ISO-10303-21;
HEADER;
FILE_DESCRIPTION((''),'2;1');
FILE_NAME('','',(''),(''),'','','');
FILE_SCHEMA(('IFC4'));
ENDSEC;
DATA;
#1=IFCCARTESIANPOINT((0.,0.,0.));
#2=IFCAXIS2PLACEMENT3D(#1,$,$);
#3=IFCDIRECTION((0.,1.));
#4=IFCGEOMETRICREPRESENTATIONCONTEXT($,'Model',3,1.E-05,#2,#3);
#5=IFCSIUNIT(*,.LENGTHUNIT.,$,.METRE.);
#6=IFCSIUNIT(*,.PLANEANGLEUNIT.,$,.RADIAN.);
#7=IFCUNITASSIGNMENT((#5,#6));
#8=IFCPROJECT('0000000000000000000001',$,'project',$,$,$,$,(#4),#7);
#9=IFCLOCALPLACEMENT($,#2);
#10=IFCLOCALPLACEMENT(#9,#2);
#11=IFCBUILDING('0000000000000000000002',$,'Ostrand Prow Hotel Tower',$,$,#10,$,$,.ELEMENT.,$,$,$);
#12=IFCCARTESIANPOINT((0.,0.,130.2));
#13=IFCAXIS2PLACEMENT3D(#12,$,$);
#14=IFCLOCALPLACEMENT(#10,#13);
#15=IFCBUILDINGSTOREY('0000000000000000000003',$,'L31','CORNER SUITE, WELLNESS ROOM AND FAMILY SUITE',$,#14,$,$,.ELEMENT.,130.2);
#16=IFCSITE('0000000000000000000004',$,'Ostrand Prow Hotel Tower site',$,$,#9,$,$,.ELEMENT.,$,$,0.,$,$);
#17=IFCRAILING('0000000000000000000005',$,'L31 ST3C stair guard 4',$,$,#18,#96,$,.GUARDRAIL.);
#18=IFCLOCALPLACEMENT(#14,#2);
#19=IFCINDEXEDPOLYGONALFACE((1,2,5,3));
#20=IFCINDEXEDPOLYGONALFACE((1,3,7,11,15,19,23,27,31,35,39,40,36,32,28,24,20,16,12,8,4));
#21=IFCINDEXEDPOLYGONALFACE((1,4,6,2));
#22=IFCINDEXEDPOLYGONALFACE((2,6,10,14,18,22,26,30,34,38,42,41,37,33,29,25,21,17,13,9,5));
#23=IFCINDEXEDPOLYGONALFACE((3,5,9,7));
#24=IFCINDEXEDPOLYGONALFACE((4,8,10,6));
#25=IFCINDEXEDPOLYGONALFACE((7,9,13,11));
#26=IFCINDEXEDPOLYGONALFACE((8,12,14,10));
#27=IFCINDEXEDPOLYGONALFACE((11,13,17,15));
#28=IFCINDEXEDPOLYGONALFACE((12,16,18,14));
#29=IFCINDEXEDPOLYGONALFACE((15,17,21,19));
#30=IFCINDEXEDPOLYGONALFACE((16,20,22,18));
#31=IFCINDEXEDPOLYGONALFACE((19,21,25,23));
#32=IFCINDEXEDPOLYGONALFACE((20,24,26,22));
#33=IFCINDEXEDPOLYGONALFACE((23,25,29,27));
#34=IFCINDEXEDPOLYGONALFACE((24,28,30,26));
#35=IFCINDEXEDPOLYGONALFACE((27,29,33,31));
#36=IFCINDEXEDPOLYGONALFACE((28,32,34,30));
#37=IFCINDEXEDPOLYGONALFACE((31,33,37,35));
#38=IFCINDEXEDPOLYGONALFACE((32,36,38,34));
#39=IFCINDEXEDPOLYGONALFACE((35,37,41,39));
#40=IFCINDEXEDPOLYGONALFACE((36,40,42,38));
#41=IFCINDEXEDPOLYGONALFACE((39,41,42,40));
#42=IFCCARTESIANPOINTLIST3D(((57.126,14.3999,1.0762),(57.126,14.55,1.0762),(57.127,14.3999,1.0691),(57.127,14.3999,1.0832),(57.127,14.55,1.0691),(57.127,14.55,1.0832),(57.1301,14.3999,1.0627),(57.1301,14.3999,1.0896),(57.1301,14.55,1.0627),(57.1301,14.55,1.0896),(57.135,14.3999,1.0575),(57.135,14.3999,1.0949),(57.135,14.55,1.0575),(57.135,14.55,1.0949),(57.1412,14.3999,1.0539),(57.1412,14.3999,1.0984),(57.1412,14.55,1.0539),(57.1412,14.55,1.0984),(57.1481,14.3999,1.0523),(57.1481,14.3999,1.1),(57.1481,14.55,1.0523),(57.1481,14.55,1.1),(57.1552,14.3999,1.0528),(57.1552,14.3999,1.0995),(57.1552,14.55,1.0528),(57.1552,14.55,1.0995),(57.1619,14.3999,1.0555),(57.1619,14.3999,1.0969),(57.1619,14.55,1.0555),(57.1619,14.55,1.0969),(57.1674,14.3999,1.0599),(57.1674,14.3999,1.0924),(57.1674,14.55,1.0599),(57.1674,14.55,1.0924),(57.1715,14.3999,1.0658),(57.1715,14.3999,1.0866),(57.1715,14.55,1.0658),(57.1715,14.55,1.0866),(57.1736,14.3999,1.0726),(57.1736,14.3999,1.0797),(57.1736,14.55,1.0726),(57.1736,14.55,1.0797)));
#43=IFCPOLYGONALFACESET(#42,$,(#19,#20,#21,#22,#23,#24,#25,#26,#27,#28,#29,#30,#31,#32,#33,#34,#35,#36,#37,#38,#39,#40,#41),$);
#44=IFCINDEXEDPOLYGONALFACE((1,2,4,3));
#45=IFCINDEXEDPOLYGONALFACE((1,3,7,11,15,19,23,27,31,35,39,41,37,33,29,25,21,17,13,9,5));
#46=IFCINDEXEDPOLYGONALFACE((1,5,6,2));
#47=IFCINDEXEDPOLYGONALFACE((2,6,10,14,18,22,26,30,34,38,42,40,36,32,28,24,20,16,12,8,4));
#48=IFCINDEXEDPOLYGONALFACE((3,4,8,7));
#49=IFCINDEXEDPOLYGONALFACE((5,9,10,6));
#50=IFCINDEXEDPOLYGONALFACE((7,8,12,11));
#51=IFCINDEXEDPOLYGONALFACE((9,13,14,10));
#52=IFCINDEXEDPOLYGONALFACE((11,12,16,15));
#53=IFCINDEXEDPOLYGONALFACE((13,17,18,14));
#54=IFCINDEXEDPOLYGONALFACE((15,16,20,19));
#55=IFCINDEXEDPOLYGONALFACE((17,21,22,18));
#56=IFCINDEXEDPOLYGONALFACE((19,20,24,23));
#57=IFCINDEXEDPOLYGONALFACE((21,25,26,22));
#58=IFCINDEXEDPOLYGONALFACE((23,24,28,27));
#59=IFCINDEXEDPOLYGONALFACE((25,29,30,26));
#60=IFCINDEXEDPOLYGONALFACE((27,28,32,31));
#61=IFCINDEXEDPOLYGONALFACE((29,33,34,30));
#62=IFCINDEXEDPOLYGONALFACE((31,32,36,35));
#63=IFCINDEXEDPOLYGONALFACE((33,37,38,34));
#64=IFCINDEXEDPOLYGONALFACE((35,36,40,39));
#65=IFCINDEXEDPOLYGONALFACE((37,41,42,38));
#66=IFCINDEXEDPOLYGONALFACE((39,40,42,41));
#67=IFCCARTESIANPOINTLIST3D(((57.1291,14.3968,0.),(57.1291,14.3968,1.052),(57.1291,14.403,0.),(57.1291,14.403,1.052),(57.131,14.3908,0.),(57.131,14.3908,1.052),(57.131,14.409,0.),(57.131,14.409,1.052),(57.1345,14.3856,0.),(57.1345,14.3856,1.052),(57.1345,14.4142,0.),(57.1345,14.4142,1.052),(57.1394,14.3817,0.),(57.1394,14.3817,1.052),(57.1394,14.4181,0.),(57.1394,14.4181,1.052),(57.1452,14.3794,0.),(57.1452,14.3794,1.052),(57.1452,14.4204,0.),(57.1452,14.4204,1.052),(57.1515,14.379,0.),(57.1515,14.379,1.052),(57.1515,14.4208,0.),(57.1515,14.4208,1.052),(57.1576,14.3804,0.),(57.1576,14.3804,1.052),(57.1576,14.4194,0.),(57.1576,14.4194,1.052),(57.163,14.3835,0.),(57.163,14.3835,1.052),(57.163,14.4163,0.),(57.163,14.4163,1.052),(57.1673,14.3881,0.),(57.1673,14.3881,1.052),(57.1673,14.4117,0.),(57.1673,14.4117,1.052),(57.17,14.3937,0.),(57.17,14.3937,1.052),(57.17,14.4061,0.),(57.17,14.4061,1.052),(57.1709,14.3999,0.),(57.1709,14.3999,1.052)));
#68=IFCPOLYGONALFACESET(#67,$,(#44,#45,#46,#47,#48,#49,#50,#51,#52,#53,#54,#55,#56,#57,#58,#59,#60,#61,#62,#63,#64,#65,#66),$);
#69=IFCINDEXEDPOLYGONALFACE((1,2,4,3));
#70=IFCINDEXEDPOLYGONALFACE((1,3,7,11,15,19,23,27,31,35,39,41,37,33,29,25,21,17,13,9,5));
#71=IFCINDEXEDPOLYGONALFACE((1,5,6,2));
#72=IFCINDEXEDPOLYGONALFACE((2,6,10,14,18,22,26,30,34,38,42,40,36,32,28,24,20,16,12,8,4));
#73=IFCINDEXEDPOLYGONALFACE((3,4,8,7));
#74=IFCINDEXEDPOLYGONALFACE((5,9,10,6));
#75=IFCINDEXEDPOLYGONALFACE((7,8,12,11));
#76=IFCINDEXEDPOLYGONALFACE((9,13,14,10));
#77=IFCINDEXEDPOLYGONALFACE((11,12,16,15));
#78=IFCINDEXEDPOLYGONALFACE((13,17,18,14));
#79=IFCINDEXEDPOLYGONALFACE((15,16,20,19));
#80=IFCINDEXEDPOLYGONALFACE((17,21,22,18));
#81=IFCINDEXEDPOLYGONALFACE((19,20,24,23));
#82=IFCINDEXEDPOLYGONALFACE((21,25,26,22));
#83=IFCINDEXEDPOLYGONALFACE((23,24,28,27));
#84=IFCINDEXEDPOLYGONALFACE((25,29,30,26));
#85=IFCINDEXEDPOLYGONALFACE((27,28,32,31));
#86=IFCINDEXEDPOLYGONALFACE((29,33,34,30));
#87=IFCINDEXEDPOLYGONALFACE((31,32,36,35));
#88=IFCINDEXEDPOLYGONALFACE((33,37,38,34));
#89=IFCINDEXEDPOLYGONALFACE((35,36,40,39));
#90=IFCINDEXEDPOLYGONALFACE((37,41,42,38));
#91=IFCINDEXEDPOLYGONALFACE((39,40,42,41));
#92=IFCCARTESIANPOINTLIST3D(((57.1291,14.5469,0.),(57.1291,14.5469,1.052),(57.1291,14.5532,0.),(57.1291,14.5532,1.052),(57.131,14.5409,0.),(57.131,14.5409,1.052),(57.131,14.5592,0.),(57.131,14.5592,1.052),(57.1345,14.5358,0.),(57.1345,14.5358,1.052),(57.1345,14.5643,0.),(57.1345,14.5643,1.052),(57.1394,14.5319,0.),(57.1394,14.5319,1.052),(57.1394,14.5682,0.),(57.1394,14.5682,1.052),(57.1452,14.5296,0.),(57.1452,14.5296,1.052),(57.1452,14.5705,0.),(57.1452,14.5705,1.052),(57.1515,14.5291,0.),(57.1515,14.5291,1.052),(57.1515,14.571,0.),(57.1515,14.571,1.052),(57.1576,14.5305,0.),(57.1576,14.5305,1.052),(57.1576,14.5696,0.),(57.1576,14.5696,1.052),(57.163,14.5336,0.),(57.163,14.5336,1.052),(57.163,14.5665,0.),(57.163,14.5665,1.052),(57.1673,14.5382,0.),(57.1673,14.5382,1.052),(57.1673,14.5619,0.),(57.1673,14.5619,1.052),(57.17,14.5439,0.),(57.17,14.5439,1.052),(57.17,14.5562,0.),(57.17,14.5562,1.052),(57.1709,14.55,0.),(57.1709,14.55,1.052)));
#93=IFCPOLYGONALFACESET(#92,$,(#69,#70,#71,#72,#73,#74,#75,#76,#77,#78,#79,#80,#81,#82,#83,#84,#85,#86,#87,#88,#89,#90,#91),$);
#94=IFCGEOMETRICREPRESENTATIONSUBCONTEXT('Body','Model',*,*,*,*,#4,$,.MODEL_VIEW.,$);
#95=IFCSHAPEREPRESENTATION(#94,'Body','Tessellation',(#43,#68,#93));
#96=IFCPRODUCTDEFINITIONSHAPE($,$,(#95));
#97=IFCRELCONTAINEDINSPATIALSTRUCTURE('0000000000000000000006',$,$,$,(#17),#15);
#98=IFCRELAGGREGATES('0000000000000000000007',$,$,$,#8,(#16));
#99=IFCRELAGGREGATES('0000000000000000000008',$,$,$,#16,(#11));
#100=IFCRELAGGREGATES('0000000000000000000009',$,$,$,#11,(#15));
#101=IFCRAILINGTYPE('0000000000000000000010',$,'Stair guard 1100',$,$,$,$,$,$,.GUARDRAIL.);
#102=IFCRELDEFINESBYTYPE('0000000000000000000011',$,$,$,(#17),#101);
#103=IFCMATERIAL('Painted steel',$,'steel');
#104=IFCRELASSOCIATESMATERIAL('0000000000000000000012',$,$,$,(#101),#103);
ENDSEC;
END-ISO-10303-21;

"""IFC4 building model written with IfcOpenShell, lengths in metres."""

from ifc_helpers import new_model, si_unit, direction, frame, origin, origin_2d, place, context, subcontext, project, spatial, circle, extrude, material, type_object, element, save


model = new_model("IFC4")

# Units and contexts
model_context = context("Model", 3, precision=1e-05, world=origin(), true_north=direction((0.0, 1.0)))
body_context = subcontext(model_context, "Body", "Model", "MODEL_VIEW")
ifc_project = project(units=[si_unit("LENGTHUNIT", "METRE"), si_unit("PLANEANGLEUNIT", "RADIAN")], contexts=[model_context])

# Site, building, storey
site_placement = place(None, origin())
site = spatial("IfcSite", under=ifc_project, at=site_placement, Name="Ostrand Prow Hotel Tower site", CompositionType="ELEMENT", RefElevation=0.0)
building_placement = place(site_placement, origin())
building = spatial("IfcBuilding", under=site, at=building_placement, Name="Ostrand Prow Hotel Tower", CompositionType="ELEMENT")
storey_placement = place(building_placement, frame((0.0, 0.0, 130.2)))
storey = spatial("IfcBuildingStorey", under=building, at=storey_placement, Name="L31", Description="CORNER SUITE, WELLNESS ROOM AND FAMILY SUITE", CompositionType="ELEMENT", Elevation=130.2)

# Railing
ifc_material_1 = material(Name="Painted steel", Category="steel")
railing_type = type_object("IfcRailingType", Name="Stair guard 1100", PredefinedType="GUARDRAIL", material=ifc_material_1)
railing_1_placement = place(storey_placement, frame((57.1499, 14.3999, 0.0)))
element("IfcRailing", 1, at=railing_1_placement, inside=storey, type_object=railing_type, Name="L31 ST3C stair guard 4", PredefinedType="GUARDRAIL", context=body_context, shape_type="SweptSolid", body=[
    extrude(circle(Radius=0.0239, at=origin_2d()), frame((0.0, 0.0, 1.0762), z_axis=(0.0, 1.0, 0.0), x_axis=(-1.0, 0.0, 0.0)), (0.0, 0.0, 1.0), 0.1501),
    extrude(circle(Radius=0.021, at=origin_2d()), origin(), (0.0, 0.0, 1.0), 1.052),
    extrude(circle(Radius=0.021, at=origin_2d()), frame((0.0, 0.1501, 0.0)), (0.0, 0.0, 1.0), 1.052),
])

save(model, "model.ifc")
